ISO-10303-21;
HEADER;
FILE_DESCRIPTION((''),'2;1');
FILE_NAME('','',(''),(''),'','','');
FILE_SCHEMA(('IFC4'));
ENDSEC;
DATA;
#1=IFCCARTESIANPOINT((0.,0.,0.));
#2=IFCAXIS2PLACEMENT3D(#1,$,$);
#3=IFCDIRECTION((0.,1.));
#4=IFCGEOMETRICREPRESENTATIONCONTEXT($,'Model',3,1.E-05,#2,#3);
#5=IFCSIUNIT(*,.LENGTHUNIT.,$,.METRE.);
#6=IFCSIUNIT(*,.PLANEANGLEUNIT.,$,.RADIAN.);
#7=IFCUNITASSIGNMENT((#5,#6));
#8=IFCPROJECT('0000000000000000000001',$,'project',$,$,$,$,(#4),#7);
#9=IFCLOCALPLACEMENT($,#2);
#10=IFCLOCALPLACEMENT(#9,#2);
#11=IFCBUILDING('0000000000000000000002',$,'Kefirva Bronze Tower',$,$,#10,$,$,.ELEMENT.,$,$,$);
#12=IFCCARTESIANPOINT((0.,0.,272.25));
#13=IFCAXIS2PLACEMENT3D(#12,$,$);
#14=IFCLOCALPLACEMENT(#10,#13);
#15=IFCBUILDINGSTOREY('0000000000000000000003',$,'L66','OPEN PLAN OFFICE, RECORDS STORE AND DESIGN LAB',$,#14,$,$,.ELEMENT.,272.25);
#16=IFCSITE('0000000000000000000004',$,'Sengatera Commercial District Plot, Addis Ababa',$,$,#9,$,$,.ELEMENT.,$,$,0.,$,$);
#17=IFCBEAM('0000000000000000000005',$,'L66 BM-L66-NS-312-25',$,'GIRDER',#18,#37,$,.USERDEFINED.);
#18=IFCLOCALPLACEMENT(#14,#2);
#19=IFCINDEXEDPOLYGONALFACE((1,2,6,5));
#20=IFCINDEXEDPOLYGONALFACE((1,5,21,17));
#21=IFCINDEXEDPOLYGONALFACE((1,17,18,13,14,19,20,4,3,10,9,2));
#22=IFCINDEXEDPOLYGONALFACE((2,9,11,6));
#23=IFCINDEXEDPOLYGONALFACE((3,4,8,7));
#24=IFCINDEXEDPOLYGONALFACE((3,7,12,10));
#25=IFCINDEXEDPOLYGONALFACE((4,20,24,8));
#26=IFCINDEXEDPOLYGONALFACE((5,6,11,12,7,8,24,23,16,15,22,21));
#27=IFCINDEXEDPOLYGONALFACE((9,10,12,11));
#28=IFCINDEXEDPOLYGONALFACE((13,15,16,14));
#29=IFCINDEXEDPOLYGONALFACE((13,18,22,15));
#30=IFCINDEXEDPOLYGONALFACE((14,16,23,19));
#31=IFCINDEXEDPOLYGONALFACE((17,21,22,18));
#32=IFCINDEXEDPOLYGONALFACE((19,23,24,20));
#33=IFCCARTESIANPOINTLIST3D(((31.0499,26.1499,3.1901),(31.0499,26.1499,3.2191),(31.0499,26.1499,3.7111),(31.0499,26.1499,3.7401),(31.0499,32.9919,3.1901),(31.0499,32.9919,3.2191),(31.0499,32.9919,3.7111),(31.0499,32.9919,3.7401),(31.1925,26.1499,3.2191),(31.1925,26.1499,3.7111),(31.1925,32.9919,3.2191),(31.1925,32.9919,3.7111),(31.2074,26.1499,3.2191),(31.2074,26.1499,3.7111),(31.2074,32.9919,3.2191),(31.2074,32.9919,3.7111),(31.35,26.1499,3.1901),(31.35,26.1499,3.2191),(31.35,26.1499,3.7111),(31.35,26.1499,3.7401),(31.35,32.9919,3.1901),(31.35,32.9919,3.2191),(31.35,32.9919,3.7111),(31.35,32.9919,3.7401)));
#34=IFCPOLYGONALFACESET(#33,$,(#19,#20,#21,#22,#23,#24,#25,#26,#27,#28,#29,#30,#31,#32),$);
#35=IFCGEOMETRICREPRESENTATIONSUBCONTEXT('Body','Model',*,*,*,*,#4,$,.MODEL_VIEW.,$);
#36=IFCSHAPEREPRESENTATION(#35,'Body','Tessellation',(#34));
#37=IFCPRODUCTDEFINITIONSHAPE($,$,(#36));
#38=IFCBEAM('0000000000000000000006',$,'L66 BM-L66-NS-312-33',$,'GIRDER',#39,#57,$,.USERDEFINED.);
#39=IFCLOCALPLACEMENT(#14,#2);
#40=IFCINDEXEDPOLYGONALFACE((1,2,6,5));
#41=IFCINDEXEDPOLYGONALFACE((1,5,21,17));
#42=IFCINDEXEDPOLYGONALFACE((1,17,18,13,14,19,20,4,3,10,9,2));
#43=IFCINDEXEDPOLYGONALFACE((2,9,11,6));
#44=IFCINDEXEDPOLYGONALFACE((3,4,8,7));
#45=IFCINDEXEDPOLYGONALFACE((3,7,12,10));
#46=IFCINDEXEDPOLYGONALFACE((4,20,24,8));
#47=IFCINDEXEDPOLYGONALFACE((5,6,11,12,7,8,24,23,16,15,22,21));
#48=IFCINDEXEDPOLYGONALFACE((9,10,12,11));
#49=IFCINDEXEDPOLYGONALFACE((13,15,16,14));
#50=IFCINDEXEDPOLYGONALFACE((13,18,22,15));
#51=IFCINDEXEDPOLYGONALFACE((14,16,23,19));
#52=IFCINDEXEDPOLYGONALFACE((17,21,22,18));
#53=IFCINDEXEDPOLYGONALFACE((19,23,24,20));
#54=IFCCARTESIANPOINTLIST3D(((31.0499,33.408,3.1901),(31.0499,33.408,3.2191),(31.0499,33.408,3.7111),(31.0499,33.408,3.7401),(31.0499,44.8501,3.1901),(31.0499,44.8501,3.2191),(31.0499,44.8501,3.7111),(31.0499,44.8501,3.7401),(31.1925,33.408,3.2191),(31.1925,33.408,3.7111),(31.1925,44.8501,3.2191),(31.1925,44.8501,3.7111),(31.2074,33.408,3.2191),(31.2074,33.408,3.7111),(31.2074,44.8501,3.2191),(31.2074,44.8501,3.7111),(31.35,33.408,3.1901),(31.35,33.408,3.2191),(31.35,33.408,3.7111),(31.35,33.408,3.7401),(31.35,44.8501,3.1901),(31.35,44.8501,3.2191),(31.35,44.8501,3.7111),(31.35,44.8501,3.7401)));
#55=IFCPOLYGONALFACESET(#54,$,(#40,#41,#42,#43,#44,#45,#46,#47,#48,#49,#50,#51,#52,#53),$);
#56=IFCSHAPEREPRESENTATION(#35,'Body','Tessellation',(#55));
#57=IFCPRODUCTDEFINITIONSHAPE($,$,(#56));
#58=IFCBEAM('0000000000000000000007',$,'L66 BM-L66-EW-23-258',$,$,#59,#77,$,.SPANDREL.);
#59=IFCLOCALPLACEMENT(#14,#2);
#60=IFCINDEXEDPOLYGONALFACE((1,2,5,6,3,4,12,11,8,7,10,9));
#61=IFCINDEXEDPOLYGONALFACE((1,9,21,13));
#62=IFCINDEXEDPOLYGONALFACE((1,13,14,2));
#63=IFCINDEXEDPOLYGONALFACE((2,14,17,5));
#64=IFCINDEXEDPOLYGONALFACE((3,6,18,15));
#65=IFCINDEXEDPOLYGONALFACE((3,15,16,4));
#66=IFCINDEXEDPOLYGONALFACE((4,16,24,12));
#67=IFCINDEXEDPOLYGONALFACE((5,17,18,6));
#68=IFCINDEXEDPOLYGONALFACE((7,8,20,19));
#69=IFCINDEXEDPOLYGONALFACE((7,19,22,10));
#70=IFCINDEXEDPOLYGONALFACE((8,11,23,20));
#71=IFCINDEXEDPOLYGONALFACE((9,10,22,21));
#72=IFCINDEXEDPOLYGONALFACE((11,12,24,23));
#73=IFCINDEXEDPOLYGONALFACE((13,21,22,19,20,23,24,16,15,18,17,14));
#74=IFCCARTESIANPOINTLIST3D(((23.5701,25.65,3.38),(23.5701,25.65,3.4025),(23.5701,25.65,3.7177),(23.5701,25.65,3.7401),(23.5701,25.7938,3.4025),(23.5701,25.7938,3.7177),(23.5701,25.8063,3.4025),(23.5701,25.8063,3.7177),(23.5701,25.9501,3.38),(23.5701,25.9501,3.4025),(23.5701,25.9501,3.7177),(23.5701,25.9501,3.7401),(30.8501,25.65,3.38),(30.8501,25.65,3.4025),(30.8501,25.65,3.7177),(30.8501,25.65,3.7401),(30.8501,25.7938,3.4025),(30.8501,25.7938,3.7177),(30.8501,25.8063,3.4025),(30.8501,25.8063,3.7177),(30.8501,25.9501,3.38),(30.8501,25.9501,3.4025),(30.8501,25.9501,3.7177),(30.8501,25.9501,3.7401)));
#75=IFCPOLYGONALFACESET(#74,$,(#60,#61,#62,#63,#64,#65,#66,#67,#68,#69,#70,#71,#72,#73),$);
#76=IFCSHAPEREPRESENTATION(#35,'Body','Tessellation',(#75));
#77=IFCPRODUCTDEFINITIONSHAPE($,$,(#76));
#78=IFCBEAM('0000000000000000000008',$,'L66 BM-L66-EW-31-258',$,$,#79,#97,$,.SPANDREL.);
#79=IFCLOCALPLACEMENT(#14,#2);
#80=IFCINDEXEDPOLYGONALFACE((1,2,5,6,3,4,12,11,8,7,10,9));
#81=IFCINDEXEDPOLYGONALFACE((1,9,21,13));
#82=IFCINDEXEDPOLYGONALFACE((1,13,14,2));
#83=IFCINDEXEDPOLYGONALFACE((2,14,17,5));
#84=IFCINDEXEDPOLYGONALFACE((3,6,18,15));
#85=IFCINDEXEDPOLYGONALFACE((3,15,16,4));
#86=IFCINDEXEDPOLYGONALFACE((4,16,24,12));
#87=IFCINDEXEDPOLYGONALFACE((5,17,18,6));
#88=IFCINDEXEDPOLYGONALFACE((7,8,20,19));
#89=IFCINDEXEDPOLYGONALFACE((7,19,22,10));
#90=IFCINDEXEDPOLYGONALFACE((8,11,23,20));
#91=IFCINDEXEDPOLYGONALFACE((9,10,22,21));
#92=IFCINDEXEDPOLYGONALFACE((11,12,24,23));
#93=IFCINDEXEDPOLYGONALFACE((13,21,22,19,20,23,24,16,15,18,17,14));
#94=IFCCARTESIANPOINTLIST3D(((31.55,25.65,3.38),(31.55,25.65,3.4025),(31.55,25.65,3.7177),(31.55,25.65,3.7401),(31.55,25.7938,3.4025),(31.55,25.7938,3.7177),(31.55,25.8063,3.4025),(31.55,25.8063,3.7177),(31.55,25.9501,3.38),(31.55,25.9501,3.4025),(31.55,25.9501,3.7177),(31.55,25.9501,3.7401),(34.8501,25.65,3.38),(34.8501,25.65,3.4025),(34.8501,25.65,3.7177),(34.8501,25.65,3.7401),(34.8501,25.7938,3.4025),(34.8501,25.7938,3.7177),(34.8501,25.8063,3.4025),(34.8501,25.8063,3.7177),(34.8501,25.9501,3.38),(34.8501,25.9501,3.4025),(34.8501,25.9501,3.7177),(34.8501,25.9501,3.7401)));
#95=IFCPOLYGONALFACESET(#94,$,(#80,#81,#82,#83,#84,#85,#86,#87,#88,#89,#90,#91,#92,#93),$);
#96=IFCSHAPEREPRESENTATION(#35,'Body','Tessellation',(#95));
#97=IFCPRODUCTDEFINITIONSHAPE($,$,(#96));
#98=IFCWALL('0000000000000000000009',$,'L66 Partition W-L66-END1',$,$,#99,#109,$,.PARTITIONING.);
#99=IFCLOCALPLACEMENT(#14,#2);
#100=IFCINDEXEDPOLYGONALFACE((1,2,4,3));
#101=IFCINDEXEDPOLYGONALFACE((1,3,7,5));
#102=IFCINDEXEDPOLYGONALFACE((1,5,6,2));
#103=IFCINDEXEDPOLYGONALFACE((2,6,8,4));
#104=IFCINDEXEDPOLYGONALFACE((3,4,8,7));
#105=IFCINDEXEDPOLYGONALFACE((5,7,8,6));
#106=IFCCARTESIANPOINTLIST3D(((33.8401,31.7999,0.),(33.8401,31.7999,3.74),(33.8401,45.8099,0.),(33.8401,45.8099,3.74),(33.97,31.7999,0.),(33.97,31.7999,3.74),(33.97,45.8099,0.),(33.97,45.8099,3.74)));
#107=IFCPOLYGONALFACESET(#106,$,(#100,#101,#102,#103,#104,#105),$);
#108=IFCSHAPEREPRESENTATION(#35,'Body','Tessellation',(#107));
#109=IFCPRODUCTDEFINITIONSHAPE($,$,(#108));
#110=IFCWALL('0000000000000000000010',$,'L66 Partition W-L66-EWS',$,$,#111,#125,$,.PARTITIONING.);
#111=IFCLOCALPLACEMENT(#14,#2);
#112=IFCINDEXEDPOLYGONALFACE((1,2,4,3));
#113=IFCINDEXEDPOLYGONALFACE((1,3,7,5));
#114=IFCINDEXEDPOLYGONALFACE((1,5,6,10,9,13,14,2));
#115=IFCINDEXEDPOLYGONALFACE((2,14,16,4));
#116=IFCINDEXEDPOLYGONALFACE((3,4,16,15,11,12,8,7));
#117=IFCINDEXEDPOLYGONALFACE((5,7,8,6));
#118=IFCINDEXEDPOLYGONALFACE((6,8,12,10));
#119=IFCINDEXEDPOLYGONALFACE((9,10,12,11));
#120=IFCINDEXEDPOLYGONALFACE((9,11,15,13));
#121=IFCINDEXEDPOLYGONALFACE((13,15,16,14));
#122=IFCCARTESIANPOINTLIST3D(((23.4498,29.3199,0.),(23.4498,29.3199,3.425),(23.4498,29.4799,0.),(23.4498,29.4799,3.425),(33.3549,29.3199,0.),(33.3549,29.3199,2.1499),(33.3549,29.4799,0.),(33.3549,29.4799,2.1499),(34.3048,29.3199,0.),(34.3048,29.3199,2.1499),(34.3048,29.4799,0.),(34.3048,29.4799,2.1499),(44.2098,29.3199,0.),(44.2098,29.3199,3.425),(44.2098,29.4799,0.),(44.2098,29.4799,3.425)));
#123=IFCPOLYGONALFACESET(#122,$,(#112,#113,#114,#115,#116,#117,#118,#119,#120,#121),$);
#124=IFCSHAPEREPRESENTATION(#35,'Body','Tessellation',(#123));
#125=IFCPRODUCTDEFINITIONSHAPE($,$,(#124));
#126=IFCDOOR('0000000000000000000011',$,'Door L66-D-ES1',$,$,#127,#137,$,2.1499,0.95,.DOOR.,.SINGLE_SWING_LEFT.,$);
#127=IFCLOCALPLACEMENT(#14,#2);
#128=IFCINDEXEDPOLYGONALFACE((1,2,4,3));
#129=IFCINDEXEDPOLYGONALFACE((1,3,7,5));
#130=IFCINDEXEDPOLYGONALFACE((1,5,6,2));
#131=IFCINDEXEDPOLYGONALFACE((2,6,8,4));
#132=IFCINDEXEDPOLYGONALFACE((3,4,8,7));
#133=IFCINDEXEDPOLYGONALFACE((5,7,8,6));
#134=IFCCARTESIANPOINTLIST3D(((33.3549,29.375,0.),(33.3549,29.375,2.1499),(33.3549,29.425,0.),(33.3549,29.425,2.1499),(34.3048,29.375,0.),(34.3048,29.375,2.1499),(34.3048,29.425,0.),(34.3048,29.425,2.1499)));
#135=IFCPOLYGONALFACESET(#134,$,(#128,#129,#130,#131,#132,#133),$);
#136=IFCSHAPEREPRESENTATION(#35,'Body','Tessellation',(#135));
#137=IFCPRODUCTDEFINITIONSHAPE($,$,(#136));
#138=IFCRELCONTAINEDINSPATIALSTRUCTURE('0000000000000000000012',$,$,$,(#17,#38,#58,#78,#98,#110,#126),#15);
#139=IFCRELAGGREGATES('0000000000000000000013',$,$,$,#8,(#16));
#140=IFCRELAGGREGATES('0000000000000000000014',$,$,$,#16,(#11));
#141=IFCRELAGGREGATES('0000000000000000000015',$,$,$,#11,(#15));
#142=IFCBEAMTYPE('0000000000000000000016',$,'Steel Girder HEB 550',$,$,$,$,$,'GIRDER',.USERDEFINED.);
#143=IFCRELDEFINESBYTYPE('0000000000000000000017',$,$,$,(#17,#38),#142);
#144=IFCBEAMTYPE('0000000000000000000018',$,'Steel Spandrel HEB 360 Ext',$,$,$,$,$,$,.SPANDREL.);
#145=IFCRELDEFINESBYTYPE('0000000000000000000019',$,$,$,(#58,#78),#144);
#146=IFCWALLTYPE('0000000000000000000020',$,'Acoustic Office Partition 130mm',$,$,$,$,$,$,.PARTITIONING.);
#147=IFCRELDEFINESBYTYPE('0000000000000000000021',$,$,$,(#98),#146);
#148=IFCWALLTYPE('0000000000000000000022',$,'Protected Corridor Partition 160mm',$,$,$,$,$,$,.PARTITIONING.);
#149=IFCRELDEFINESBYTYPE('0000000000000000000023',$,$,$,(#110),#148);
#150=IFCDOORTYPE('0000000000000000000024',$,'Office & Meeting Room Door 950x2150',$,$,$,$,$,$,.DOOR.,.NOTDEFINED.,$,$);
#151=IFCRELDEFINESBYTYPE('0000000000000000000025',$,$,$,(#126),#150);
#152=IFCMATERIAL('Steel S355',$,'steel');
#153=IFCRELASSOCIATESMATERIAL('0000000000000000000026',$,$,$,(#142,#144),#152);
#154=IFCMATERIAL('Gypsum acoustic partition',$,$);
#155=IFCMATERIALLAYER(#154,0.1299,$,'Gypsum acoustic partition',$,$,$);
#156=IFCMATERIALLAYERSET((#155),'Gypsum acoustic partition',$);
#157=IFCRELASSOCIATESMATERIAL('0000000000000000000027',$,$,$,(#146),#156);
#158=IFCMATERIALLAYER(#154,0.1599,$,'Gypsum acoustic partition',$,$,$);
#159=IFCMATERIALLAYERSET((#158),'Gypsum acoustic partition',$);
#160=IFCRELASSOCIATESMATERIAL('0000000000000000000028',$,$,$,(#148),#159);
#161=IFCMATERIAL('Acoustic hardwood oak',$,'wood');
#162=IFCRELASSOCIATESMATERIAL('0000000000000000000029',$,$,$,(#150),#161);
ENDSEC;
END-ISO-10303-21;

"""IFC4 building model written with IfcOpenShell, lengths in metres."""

from ifc_helpers import new_model, si_unit, direction, frame, frame_2d, origin, origin_2d, place, context, subcontext, project, spatial, rectangle, i_section, extrude, material, layer, layer_set, material_profile, profile_set, type_object, element, fill, save


model = new_model("IFC4")

# Units and contexts
model_context = context("Model", 3, precision=1e-05, world=origin(), true_north=direction((0.0, 1.0)))
body_context = subcontext(model_context, "Body", "Model", "MODEL_VIEW")
ifc_project = project(units=[si_unit("LENGTHUNIT", "METRE"), si_unit("PLANEANGLEUNIT", "RADIAN")], contexts=[model_context])

# Site, building, storey
site_placement = place(None, origin())
site = spatial("IfcSite", under=ifc_project, at=site_placement, Name="Sengatera Commercial District Plot, Addis Ababa", CompositionType="ELEMENT", RefElevation=0.0)
building_placement = place(site_placement, origin())
building = spatial("IfcBuilding", under=site, at=building_placement, Name="Kefirva Bronze Tower", CompositionType="ELEMENT")
storey_placement = place(building_placement, frame((0.0, 0.0, 272.25)))
storey = spatial("IfcBuildingStorey", under=building, at=storey_placement, Name="L66", Description="OPEN PLAN OFFICE, RECORDS STORE AND DESIGN LAB", CompositionType="ELEMENT", Elevation=272.25)

# Beams
ifc_material_1 = material(Name="Steel S355", Category="steel")
ifc_material_profile_1 = material_profile(ifc_material_1, i_section(OverallWidth=0.3, OverallDepth=0.55, WebThickness=0.0149, FlangeThickness=0.0291, at=origin_2d()), Name="HEB 550")
ifc_profile_set_1 = profile_set([ifc_material_profile_1], Name="Steel S355")
beam_type_1 = type_object("IfcBeamType", Name="Steel Girder HEB 550", ElementType="GIRDER", PredefinedType="USERDEFINED", material=ifc_profile_set_1)
beam_1_placement = place(storey_placement, frame((31.2, 26.1499, 3.4651), z_axis=(0.0, 1.0, 0.0), x_axis=(-1.0, 0.0, 0.0)))
element("IfcBeam", 1, at=beam_1_placement, inside=storey, type_object=beam_type_1, Name="L66 BM-L66-NS-312-25", ObjectType="GIRDER", PredefinedType="USERDEFINED", context=body_context, shape_type="SweptSolid", body=[
    extrude(i_section(OverallWidth=0.3, OverallDepth=0.55, WebThickness=0.0149, FlangeThickness=0.0291, at=origin_2d()), origin(), (0.0, 0.0, 1.0), 6.842),
])
beam_2_placement = place(storey_placement, frame((31.2, 33.408, 3.4651), z_axis=(0.0, 1.0, 0.0), x_axis=(-1.0, 0.0, 0.0)))
element("IfcBeam", 2, at=beam_2_placement, inside=storey, type_object=beam_type_1, Name="L66 BM-L66-NS-312-33", ObjectType="GIRDER", PredefinedType="USERDEFINED", context=body_context, shape_type="SweptSolid", body=[
    extrude(i_section(OverallWidth=0.3, OverallDepth=0.55, WebThickness=0.0149, FlangeThickness=0.0291, at=origin_2d()), origin(), (0.0, 0.0, 1.0), 11.4421),
])
ifc_material_profile_2 = material_profile(ifc_material_1, i_section(OverallWidth=0.3, OverallDepth=0.3601, WebThickness=0.0125, FlangeThickness=0.0225, at=origin_2d()), Name="HEB 360")
ifc_profile_set_2 = profile_set([ifc_material_profile_2], Name="Steel S355")
beam_type_2 = type_object("IfcBeamType", Name="Steel Spandrel HEB 360 Ext", PredefinedType="SPANDREL", material=ifc_profile_set_2)
beam_3_placement = place(storey_placement, frame((23.5701, 25.8, 3.5601), z_axis=(1.0, 0.0, 0.0), x_axis=(0.0, 1.0, 0.0)))
element("IfcBeam", 3, at=beam_3_placement, inside=storey, type_object=beam_type_2, Name="L66 BM-L66-EW-23-258", PredefinedType="SPANDREL", context=body_context, shape_type="SweptSolid", body=[
    extrude(i_section(OverallWidth=0.3, OverallDepth=0.3601, WebThickness=0.0125, FlangeThickness=0.0225, at=origin_2d()), origin(), (0.0, 0.0, 1.0), 7.28),
])
beam_4_placement = place(storey_placement, frame((31.55, 25.8, 3.5601), z_axis=(1.0, 0.0, 0.0), x_axis=(0.0, 1.0, 0.0)))
element("IfcBeam", 4, at=beam_4_placement, inside=storey, type_object=beam_type_2, Name="L66 BM-L66-EW-31-258", PredefinedType="SPANDREL", context=body_context, shape_type="SweptSolid", body=[
    extrude(i_section(OverallWidth=0.3, OverallDepth=0.3601, WebThickness=0.0125, FlangeThickness=0.0225, at=origin_2d()), origin(), (0.0, 0.0, 1.0), 3.3),
])

# Wall
ifc_material_2 = material(Name="Gypsum acoustic partition")
ifc_layer_1 = layer(ifc_material_2, 0.1299, Name="Gypsum acoustic partition")
ifc_layer_set_1 = layer_set([ifc_layer_1], Name="Gypsum acoustic partition")
wall_type_1 = type_object("IfcWallType", Name="Acoustic Office Partition 130mm", PredefinedType="PARTITIONING", material=ifc_layer_set_1)
wall_1_placement = place(storey_placement, frame((33.905, 31.8, 0.0), z_axis=(0.0, 0.0, 1.0), x_axis=(0.0, 1.0, 0.0)))
element("IfcWall", 5, at=wall_1_placement, inside=storey, type_object=wall_type_1, Name="L66 Partition W-L66-END1", PredefinedType="PARTITIONING", context=body_context, shape_type="SweptSolid", body=[
    extrude(rectangle(XDim=14.01, YDim=0.1299, at=frame_2d((7.0049, 0.0))), origin(), (0.0, 0.0, 1.0), 3.74),
])

# Wall, opening, door
ifc_layer_2 = layer(ifc_material_2, 0.1599, Name="Gypsum acoustic partition")
ifc_layer_set_2 = layer_set([ifc_layer_2], Name="Gypsum acoustic partition")
wall_type_2 = type_object("IfcWallType", Name="Protected Corridor Partition 160mm", PredefinedType="PARTITIONING", material=ifc_layer_set_2)
wall_2_placement = place(storey_placement, frame((23.45, 29.3999, 0.0), z_axis=(0.0, 0.0, 1.0), x_axis=(1.0, 0.0, 0.0)))
wall_2 = element("IfcWall", 6, at=wall_2_placement, inside=storey, type_object=wall_type_2, Name="L66 Partition W-L66-EWS", PredefinedType="PARTITIONING", context=body_context, shape_type="SweptSolid", body=[
    extrude(rectangle(XDim=20.76, YDim=0.1599, at=frame_2d((10.3799, 0.0))), origin(), (0.0, 0.0, 1.0), 3.425),
])
opening_1_placement = place(wall_2_placement, frame((10.855, 0.0, 0.0), z_axis=(0.0, 0.0, 1.0), x_axis=(-1.0, 0.0, 0.0)))
opening_1 = element("IfcOpeningElement", 7, at=opening_1_placement, cuts=wall_2, PredefinedType="OPENING", context=body_context, shape_type="SweptSolid", body=[
    extrude(rectangle(XDim=0.95, YDim=2.1499, at=frame_2d((0.4751, 1.075))), frame((0.0, 0.0898, 0.0), z_axis=(0.0, -1.0, 0.0), x_axis=(1.0, 0.0, 0.0)), (0.0, 0.0, 1.0), 0.1799),
])
ifc_material_3 = material(Name="Acoustic hardwood oak", Category="wood")
door_type_1 = type_object("IfcDoorType", Name="Office & Meeting Room Door 950x2150", OperationType="NOTDEFINED", PredefinedType="DOOR", material=ifc_material_3)
door_1_placement = place(opening_1_placement, origin())
door_1 = element("IfcDoor", 8, at=door_1_placement, inside=storey, type_object=door_type_1, Name="Door L66-D-ES1", OperationType="SINGLE_SWING_LEFT", OverallHeight=2.1499, OverallWidth=0.95, PredefinedType="DOOR", context=body_context, shape_type="SweptSolid", body=[
    extrude(rectangle(XDim=0.95, YDim=2.1499, at=frame_2d((0.4751, 1.075))), frame((0.0, 0.0249, 0.0), z_axis=(0.0, -1.0, 0.0), x_axis=(1.0, 0.0, 0.0)), (0.0, 0.0, 1.0), 0.05),
])
fill(opening_1, door_1)

save(model, "model.ifc")
